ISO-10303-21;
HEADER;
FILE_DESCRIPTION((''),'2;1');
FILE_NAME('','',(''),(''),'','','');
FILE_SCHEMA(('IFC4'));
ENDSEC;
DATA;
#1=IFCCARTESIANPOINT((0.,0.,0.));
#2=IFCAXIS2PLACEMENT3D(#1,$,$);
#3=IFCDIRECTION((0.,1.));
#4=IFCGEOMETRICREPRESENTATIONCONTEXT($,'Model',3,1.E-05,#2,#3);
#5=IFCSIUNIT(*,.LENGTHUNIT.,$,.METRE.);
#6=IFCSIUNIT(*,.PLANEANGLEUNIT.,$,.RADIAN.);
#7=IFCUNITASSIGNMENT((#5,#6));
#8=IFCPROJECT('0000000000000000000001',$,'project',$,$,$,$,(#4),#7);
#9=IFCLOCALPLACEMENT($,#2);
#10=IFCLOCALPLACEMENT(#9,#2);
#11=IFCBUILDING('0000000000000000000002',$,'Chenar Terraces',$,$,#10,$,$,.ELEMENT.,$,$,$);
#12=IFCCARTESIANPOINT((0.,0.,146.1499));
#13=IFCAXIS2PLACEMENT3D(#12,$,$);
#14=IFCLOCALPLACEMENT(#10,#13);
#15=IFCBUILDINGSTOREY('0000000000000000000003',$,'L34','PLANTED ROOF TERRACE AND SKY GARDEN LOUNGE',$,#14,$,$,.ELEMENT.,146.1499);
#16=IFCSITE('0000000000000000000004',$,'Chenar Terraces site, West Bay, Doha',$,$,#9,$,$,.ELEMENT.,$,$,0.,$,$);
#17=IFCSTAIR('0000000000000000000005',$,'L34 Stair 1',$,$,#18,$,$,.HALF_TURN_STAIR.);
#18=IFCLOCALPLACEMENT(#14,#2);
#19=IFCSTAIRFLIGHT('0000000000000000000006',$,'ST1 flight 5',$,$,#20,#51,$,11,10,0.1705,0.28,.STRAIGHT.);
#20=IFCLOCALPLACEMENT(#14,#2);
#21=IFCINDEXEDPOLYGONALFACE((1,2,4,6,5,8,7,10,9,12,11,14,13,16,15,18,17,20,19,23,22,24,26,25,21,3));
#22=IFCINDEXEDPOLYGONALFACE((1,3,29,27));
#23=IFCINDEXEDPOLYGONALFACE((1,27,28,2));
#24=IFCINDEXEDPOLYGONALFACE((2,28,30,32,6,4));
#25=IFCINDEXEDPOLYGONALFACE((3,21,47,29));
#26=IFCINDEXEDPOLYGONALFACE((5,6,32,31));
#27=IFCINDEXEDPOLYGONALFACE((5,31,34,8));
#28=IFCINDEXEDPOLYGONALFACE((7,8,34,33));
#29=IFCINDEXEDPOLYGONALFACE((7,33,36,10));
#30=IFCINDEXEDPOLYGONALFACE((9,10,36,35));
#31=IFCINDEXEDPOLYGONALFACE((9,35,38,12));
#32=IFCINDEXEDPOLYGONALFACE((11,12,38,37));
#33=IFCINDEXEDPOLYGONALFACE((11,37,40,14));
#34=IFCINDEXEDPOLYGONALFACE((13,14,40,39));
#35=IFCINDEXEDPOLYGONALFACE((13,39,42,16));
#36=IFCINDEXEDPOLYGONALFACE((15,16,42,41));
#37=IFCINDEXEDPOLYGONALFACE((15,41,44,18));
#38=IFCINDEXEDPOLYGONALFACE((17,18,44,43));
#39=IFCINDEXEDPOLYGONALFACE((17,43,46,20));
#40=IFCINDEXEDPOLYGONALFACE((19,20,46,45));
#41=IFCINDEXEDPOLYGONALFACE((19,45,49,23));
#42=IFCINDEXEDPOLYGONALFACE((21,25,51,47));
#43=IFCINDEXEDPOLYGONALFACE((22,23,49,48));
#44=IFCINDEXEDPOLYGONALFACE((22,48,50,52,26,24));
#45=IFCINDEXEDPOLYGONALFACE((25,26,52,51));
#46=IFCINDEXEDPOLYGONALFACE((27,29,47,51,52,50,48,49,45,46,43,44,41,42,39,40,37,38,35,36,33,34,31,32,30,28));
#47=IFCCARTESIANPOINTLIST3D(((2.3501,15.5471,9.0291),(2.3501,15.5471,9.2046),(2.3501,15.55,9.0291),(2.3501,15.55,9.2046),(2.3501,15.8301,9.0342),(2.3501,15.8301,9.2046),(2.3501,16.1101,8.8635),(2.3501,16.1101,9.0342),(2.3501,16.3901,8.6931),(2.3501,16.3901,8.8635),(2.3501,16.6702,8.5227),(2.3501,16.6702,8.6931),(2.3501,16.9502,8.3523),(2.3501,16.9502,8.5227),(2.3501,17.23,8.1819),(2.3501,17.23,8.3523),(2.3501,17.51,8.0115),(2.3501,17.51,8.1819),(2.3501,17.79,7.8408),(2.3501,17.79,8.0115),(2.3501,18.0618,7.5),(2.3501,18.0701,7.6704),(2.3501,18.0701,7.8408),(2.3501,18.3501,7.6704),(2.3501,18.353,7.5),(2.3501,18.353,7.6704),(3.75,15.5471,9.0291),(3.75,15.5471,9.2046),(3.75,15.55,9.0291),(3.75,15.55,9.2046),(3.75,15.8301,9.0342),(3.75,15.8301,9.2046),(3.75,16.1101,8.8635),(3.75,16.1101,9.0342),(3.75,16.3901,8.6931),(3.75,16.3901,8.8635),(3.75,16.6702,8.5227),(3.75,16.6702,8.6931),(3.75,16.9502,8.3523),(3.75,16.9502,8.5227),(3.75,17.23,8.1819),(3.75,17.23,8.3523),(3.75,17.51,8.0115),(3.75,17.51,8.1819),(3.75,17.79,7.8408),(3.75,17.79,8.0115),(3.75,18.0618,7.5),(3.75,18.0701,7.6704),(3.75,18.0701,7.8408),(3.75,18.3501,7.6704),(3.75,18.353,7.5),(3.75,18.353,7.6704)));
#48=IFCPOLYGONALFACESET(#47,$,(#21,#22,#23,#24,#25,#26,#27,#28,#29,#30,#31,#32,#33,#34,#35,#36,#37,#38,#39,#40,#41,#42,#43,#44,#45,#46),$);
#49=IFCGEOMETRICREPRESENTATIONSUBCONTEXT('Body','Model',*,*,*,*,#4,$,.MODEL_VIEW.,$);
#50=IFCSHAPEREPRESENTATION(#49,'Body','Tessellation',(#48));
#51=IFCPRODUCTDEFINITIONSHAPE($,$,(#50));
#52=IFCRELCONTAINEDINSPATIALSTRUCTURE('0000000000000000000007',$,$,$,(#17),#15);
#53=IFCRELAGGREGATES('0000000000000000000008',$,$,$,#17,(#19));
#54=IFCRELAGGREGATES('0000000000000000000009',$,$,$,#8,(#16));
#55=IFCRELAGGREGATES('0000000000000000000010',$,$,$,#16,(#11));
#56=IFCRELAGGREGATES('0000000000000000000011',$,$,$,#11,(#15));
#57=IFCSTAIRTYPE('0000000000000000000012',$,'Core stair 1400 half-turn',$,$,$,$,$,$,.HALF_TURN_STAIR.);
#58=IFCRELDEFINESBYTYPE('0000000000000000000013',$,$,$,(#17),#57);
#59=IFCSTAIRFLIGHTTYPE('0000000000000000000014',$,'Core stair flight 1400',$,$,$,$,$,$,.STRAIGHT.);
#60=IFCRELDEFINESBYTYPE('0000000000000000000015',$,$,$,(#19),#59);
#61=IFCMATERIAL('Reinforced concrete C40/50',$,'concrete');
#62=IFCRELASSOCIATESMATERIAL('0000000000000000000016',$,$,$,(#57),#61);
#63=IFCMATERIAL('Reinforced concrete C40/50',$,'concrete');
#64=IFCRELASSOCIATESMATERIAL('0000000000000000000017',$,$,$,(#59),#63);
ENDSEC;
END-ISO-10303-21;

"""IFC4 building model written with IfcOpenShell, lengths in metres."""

from ifc_helpers import new_model, si_unit, direction, frame, origin, place, context, subcontext, project, spatial, polyline, outline, extrude, material, type_object, element, aggregate, save


model = new_model("IFC4")

# Units and contexts
model_context = context("Model", 3, precision=1e-05, world=origin(), true_north=direction((0.0, 1.0)))
body_context = subcontext(model_context, "Body", "Model", "MODEL_VIEW")
ifc_project = project(units=[si_unit("LENGTHUNIT", "METRE"), si_unit("PLANEANGLEUNIT", "RADIAN")], contexts=[model_context])

# Site, building, storey
site_placement = place(None, origin())
site = spatial("IfcSite", under=ifc_project, at=site_placement, Name="Chenar Terraces site, West Bay, Doha", CompositionType="ELEMENT", RefElevation=0.0)
building_placement = place(site_placement, origin())
building = spatial("IfcBuilding", under=site, at=building_placement, Name="Chenar Terraces", CompositionType="ELEMENT")
storey_placement = place(building_placement, frame((0.0, 0.0, 146.1499)))
storey = spatial("IfcBuildingStorey", under=building, at=storey_placement, Name="L34", Description="PLANTED ROOF TERRACE AND SKY GARDEN LOUNGE", CompositionType="ELEMENT", Elevation=146.1499)

# Stair, stair flight
ifc_material_1 = material(Name="Reinforced concrete C40/50", Category="concrete")
stair_type = type_object("IfcStairType", Name="Core stair 1400 half-turn", PredefinedType="HALF_TURN_STAIR", material=ifc_material_1)
stair_placement = place(storey_placement, origin())
stair = element("IfcStair", 1, at=stair_placement, inside=storey, type_object=stair_type, Name="L34 Stair 1", PredefinedType="HALF_TURN_STAIR")
ifc_material_2 = material(Name="Reinforced concrete C40/50", Category="concrete")
stair_flight_type = type_object("IfcStairFlightType", Name="Core stair flight 1400", PredefinedType="STRAIGHT", material=ifc_material_2)
stair_flight_1_placement = place(storey_placement, frame((3.05, 18.3501, 7.5), z_axis=(0.0, 0.0, 1.0), x_axis=(0.0, -1.0, 0.0)))
stair_flight_1 = element("IfcStairFlight", 2, at=stair_flight_1_placement, type_object=stair_flight_type, Name="ST1 flight 5", NumberOfRisers=11, NumberOfTreads=10, PredefinedType="STRAIGHT", RiserHeight=0.1705, TreadLength=0.28, context=body_context, shape_type="SweptSolid", body=[
    extrude(outline(polyline([(-0.0029, 0.0), (-0.0029, 0.1704), (0.0, 0.1704), (0.28, 0.1704), (0.28, 0.3408), (0.5601, 0.3408), (0.5601, 0.5115), (0.8401, 0.5115), (0.8401, 0.6819), (1.1201, 0.6819), (1.1201, 0.8523), (1.3999, 0.8523), (1.3999, 1.0227), (1.6799, 1.0227), (1.6799, 1.1931), (1.96, 1.1931), (1.96, 1.3635), (2.24, 1.3635), (2.24, 1.5342), (2.52, 1.5342), (2.52, 1.7046), (2.8, 1.7046), (2.803, 1.7046), (2.803, 1.5291), (2.8, 1.5291), (0.2883, 0.0), (-0.0029, 0.0)])), frame((0.0, 0.7, 0.0), z_axis=(0.0, -1.0, 0.0), x_axis=(1.0, 0.0, 0.0)), (0.0, 0.0, 1.0), 1.3999),
])
aggregate(stair, [stair_flight_1])

save(model, "model.ifc")
